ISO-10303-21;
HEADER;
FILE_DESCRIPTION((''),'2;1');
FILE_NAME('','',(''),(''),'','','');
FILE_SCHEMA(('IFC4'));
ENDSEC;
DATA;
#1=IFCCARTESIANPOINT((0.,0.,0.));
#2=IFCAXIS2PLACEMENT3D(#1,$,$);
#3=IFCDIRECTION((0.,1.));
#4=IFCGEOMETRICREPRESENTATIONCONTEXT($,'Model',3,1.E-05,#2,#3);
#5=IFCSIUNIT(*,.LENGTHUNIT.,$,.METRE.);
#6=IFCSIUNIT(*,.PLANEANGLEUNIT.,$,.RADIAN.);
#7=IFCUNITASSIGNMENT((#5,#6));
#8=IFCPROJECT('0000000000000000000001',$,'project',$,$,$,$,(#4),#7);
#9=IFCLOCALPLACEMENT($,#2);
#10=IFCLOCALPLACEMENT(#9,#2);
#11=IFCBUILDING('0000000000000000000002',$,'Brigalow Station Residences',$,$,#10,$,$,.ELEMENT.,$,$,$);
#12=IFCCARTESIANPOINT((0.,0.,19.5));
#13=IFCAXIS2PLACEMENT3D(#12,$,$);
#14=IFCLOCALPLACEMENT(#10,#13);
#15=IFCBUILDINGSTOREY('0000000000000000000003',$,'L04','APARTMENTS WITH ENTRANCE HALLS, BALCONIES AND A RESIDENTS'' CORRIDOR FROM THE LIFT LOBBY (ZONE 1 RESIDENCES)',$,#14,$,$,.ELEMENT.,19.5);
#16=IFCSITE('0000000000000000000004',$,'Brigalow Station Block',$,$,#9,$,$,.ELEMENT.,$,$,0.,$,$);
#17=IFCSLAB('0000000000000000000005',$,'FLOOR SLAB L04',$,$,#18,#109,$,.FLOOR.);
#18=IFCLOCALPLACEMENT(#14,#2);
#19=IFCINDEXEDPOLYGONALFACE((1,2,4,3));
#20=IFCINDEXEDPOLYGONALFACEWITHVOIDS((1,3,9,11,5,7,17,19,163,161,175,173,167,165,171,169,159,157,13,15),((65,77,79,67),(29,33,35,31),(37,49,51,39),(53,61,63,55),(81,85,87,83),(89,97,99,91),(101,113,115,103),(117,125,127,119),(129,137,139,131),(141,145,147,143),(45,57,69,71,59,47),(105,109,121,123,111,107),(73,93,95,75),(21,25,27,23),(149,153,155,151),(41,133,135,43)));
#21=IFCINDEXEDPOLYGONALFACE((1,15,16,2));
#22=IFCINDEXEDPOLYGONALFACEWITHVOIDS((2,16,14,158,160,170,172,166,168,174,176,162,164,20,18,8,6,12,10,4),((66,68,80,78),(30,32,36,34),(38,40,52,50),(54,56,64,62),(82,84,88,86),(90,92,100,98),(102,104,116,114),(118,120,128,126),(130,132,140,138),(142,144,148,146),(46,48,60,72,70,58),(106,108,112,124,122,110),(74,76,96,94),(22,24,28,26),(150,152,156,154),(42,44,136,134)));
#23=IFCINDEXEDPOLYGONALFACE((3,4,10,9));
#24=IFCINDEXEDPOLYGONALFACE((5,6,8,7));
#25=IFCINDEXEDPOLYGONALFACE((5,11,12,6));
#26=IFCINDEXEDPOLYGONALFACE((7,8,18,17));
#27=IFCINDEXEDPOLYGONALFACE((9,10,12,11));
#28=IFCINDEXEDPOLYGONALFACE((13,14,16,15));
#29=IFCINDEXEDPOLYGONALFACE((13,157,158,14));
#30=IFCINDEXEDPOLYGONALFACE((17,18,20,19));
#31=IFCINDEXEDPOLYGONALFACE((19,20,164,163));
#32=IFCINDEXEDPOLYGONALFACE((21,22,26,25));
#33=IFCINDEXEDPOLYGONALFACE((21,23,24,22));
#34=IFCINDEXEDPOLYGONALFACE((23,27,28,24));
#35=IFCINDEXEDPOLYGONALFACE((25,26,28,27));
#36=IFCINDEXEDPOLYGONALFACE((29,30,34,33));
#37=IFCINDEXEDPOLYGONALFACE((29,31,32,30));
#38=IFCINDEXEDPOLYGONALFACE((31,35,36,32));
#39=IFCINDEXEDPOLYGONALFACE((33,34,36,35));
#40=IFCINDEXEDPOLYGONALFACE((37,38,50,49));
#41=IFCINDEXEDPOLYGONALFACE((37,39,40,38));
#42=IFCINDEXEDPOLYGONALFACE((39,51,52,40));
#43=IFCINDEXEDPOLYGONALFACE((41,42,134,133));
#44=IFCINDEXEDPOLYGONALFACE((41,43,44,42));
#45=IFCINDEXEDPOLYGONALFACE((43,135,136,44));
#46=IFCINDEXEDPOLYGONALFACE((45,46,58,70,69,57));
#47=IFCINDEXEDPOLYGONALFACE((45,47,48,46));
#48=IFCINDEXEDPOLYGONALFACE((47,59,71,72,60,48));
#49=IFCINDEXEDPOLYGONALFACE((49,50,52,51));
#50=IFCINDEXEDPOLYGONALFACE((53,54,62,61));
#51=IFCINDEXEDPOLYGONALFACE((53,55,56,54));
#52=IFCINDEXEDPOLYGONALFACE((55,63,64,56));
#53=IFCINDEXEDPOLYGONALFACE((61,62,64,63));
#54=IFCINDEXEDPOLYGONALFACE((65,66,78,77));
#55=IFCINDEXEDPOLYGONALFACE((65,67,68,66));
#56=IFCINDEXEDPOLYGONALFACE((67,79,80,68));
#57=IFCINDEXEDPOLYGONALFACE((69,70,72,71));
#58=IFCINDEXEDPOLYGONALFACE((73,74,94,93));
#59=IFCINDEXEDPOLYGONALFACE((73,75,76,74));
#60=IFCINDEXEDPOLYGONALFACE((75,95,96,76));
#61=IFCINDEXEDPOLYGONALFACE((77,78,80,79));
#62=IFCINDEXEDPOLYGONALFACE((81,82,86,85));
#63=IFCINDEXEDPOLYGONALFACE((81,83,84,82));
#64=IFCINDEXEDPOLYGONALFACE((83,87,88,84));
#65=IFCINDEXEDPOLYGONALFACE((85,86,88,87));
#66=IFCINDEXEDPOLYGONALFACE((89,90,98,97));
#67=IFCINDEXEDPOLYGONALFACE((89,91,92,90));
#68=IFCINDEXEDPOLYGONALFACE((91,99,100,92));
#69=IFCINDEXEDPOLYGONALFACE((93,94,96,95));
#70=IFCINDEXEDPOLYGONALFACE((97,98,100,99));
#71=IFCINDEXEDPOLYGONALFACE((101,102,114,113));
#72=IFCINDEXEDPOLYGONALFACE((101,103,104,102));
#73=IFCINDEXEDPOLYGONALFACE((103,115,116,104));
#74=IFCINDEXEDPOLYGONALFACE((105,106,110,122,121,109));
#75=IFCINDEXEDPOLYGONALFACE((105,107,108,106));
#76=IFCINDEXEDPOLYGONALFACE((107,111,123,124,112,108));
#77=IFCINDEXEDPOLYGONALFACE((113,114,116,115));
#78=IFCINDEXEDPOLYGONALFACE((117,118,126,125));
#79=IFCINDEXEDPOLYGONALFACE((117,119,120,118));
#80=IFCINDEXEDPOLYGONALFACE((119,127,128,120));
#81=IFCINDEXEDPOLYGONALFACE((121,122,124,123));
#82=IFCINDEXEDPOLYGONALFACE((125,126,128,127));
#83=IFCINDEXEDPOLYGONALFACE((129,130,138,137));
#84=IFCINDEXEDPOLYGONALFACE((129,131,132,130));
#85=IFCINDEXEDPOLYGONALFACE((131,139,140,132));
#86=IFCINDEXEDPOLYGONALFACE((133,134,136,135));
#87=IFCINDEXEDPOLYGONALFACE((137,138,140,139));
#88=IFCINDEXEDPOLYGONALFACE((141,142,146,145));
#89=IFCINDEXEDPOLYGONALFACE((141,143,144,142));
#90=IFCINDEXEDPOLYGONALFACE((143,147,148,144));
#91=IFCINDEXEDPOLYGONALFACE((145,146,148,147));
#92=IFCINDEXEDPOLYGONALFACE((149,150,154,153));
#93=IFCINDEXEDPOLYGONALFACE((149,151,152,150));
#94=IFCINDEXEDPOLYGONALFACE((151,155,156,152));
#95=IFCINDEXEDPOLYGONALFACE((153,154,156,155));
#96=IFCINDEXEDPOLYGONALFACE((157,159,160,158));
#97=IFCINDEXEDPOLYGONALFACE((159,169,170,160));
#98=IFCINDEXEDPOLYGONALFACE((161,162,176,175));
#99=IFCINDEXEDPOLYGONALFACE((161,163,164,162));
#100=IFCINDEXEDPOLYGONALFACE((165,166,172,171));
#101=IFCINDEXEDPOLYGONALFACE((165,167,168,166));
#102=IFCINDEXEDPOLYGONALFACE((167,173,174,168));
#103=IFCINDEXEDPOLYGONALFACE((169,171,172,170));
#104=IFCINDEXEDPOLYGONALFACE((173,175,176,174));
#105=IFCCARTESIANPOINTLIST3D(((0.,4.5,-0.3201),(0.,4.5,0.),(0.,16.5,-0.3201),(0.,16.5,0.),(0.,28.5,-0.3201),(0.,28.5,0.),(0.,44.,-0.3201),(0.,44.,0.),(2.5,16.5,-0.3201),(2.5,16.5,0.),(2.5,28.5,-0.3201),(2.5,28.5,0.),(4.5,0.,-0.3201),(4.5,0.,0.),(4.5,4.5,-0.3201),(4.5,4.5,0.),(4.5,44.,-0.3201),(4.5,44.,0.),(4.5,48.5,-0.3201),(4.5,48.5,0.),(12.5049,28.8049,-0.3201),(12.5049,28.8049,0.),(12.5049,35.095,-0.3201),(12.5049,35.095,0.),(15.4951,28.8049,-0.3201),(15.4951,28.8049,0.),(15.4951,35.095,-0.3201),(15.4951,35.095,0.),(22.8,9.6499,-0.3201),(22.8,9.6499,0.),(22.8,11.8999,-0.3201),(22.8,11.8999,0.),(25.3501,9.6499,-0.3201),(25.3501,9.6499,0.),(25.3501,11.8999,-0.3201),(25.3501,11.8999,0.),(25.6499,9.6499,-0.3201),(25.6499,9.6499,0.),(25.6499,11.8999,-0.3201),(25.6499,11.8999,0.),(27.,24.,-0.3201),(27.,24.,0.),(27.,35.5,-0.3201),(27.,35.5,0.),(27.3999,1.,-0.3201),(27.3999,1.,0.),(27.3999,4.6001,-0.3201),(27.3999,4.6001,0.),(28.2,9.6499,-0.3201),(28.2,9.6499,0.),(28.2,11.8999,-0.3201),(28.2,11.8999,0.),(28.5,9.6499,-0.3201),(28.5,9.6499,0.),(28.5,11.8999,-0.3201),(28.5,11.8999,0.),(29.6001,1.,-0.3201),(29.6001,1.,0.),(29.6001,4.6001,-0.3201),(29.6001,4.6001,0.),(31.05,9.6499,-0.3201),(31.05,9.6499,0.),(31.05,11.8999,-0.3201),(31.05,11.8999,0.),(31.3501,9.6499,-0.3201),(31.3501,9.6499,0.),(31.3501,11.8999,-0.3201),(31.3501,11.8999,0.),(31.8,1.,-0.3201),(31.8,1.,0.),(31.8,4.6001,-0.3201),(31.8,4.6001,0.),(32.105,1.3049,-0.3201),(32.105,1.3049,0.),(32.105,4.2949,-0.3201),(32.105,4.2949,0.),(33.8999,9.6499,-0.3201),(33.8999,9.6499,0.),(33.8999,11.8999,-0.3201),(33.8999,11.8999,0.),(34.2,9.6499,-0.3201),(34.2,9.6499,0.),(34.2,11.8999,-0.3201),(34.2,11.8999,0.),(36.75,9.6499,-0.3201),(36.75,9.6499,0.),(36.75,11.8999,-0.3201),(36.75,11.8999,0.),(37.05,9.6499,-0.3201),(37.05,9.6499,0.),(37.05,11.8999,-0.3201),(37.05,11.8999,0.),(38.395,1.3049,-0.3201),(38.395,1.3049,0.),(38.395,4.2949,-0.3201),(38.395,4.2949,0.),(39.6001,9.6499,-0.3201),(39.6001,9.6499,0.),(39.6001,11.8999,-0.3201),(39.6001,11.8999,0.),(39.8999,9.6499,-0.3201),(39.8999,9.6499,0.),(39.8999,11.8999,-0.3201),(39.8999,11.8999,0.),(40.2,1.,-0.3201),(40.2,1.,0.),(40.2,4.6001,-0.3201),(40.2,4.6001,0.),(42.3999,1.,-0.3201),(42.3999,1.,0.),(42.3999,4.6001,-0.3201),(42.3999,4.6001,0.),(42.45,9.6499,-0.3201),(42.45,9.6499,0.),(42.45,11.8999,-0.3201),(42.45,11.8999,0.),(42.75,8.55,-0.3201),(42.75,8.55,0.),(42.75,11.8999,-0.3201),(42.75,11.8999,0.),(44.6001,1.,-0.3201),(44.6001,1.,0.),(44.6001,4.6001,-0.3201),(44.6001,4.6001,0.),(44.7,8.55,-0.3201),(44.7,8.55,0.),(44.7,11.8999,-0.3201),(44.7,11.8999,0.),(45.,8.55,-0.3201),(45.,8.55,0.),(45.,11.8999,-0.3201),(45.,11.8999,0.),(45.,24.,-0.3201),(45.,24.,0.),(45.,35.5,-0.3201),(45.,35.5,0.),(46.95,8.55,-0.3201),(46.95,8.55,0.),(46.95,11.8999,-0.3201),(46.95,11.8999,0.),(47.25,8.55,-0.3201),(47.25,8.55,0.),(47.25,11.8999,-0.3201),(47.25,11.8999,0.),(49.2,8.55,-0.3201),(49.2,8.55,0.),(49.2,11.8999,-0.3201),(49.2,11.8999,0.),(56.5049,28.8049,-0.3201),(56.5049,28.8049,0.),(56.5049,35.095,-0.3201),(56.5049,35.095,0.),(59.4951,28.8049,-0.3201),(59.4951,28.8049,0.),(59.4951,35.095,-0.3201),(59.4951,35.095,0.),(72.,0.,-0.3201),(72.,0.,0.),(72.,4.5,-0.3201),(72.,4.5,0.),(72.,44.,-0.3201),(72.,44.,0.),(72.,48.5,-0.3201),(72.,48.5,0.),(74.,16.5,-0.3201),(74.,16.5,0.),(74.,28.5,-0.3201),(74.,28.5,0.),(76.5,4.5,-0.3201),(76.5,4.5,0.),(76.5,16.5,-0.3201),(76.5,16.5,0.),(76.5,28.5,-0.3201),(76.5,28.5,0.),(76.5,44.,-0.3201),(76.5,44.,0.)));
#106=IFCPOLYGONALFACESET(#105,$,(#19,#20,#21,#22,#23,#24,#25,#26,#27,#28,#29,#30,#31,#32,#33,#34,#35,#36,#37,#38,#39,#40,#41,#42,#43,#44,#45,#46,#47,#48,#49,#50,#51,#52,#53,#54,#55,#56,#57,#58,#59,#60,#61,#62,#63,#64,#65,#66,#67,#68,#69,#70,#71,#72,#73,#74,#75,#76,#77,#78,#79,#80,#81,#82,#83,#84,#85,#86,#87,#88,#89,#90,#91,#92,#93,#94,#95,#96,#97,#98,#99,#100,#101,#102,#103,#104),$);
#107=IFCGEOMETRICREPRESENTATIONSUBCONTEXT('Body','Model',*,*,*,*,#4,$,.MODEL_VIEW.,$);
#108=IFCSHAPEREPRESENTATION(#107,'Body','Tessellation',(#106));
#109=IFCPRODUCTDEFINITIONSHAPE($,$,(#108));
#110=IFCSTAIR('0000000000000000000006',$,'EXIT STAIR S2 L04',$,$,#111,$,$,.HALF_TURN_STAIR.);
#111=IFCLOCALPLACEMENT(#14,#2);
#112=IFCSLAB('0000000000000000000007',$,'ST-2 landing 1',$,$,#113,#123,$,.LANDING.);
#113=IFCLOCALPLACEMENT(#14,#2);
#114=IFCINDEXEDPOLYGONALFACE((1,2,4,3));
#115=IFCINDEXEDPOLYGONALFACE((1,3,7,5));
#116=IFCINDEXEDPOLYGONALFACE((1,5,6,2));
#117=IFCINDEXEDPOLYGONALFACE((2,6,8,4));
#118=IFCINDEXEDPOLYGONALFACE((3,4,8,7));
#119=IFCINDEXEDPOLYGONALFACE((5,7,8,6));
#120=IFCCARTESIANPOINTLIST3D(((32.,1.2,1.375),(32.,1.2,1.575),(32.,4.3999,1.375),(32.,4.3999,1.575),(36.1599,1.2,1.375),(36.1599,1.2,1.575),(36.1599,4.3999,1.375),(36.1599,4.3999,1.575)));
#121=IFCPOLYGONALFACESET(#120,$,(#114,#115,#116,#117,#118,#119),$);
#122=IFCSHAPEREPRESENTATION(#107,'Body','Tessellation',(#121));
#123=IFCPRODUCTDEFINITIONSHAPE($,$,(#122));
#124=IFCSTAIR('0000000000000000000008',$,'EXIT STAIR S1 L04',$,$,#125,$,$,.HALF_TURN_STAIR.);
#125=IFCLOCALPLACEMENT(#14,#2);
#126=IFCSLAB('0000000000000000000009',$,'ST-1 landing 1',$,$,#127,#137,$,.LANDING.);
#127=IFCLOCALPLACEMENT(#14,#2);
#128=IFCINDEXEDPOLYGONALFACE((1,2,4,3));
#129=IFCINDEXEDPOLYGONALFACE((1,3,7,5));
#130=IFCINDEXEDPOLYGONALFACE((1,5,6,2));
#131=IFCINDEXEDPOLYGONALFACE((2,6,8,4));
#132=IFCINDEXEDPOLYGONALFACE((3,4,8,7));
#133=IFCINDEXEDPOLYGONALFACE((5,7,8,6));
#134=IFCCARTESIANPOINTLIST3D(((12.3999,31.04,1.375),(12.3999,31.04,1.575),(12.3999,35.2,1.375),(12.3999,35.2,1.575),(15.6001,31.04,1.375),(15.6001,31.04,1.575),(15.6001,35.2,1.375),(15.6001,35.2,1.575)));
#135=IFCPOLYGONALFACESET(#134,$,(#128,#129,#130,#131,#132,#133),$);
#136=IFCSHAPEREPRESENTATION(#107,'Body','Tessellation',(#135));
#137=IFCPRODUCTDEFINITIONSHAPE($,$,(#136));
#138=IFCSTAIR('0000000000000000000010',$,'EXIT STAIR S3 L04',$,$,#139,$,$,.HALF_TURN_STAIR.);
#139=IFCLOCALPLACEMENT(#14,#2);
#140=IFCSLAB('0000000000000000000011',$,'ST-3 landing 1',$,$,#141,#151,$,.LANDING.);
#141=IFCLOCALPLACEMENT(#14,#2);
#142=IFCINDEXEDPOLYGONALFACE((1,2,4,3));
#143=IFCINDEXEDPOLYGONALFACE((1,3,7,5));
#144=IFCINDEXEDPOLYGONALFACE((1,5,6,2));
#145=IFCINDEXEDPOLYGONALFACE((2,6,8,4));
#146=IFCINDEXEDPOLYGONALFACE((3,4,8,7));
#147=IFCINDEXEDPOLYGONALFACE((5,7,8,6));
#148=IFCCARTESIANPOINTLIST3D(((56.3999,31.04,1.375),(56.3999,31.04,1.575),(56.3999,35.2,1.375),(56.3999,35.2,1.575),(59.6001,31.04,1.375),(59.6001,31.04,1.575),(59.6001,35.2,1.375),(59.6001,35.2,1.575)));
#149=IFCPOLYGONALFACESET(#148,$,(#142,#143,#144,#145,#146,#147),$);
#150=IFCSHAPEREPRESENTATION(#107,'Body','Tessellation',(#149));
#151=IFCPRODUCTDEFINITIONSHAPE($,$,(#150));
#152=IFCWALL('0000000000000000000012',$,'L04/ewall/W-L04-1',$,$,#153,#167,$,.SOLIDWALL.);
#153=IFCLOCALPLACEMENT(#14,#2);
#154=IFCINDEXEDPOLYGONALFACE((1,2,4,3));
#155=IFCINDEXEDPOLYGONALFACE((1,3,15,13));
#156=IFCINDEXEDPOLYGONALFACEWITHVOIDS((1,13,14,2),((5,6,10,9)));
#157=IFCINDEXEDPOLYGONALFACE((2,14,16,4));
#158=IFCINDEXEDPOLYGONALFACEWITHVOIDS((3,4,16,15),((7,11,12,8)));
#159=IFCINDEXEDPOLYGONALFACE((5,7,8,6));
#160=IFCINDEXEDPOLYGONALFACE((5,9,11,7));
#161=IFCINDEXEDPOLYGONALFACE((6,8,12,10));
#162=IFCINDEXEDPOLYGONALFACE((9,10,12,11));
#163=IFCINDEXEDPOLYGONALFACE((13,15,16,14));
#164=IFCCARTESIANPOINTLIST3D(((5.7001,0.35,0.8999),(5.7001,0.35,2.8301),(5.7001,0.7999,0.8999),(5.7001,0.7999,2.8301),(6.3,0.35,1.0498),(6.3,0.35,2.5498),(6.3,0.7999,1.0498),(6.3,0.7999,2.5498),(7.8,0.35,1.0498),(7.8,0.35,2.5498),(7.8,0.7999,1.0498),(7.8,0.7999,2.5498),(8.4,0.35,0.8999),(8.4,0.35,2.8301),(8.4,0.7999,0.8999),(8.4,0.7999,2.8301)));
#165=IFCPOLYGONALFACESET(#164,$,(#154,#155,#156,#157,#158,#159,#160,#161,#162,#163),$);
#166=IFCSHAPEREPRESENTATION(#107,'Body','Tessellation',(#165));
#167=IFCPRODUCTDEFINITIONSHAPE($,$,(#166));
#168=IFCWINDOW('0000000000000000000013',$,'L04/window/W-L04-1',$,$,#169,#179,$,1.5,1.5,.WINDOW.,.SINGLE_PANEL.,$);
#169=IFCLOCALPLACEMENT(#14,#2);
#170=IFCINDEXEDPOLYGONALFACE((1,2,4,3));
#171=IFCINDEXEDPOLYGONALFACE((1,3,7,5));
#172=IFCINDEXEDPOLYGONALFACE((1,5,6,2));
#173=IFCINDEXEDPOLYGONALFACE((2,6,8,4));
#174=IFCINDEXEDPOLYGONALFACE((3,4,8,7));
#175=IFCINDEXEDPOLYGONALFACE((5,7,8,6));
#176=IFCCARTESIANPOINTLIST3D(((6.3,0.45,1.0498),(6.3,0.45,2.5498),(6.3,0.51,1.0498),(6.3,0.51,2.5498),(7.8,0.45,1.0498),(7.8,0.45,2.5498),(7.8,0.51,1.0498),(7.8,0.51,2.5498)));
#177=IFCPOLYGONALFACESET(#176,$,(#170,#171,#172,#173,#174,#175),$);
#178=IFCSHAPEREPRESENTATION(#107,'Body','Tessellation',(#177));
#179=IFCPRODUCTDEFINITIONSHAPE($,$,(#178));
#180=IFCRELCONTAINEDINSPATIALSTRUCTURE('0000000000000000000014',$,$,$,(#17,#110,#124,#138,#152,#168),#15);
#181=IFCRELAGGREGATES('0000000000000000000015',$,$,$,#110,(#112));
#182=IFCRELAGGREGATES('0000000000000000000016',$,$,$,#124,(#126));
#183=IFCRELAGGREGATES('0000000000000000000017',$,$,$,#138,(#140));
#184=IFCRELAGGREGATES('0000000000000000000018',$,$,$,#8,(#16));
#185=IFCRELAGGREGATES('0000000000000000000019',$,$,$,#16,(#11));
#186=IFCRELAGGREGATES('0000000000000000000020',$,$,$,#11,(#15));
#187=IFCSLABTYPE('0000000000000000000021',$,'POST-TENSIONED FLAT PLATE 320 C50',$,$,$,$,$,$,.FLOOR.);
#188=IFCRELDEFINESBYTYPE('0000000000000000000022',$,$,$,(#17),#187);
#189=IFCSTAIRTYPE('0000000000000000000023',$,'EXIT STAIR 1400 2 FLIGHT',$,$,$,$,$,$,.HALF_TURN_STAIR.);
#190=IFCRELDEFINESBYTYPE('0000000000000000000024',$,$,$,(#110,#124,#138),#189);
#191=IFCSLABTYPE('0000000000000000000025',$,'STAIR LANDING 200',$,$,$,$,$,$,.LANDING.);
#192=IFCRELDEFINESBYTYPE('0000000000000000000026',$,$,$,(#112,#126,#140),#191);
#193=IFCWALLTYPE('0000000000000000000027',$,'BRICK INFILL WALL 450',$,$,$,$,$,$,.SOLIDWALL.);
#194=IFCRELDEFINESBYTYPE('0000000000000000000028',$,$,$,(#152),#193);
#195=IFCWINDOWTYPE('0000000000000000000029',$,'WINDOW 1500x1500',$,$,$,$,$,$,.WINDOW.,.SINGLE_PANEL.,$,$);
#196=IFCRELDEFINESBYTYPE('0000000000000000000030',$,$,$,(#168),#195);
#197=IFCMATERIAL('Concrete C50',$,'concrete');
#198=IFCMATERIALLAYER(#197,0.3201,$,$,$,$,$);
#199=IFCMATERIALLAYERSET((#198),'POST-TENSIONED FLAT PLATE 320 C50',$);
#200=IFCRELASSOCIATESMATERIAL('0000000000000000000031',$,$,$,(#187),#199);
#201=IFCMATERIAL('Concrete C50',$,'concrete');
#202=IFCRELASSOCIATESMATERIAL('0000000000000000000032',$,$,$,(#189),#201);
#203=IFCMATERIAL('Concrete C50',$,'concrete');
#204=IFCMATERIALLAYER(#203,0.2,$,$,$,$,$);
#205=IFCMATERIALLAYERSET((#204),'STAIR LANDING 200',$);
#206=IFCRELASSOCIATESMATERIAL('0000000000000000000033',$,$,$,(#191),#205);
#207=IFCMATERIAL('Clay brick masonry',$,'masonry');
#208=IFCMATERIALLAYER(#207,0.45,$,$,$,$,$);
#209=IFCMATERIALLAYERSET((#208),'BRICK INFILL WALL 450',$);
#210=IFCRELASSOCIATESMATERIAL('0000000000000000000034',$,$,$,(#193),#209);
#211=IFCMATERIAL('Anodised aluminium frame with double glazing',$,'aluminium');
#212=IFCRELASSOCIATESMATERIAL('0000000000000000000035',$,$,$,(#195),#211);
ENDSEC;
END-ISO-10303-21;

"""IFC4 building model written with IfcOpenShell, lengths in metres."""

from ifc_helpers import new_model, si_unit, direction, frame, frame_2d, origin, place, context, subcontext, project, spatial, polyline, rectangle, outline, extrude, material, layer, layer_set, type_object, element, fill, aggregate, save


model = new_model("IFC4")

# Units and contexts
model_context = context("Model", 3, precision=1e-05, world=origin(), true_north=direction((0.0, 1.0)))
body_context = subcontext(model_context, "Body", "Model", "MODEL_VIEW")
ifc_project = project(units=[si_unit("LENGTHUNIT", "METRE"), si_unit("PLANEANGLEUNIT", "RADIAN")], contexts=[model_context])

# Site, building, storey
site_placement = place(None, origin())
site = spatial("IfcSite", under=ifc_project, at=site_placement, Name="Brigalow Station Block", CompositionType="ELEMENT", RefElevation=0.0)
building_placement = place(site_placement, origin())
building = spatial("IfcBuilding", under=site, at=building_placement, Name="Brigalow Station Residences", CompositionType="ELEMENT")
storey_placement = place(building_placement, frame((0.0, 0.0, 19.5)))
storey = spatial("IfcBuildingStorey", under=building, at=storey_placement, Name="L04", Description="APARTMENTS WITH ENTRANCE HALLS, BALCONIES AND A RESIDENTS' CORRIDOR FROM THE LIFT LOBBY (ZONE 1 RESIDENCES)", CompositionType="ELEMENT", Elevation=19.5)

# Slab
ifc_material_1 = material(Name="Concrete C50", Category="concrete")
ifc_layer_1 = layer(ifc_material_1, 0.3201)
ifc_layer_set_1 = layer_set([ifc_layer_1], Name="POST-TENSIONED FLAT PLATE 320 C50")
slab_type_1 = type_object("IfcSlabType", Name="POST-TENSIONED FLAT PLATE 320 C50", PredefinedType="FLOOR", material=ifc_layer_set_1)
slab_1_placement = place(storey_placement, frame((0.0, 0.0, -0.3201)))
element("IfcSlab", 1, at=slab_1_placement, inside=storey, type_object=slab_type_1, Name="FLOOR SLAB L04", PredefinedType="FLOOR", context=body_context, shape_type="SweptSolid", body=[
    extrude(outline(polyline([(4.5, 0.0), (72.0, 0.0), (72.0, 4.5), (76.5, 4.5), (76.5, 16.5), (74.0, 16.5), (74.0, 28.5), (76.5, 28.5), (76.5, 44.0), (72.0, 44.0), (72.0, 48.5), (4.5, 48.5), (4.5, 44.0), (0.0, 44.0), (0.0, 28.5), (2.5, 28.5), (2.5, 16.5), (0.0, 16.5), (0.0, 4.5), (4.5, 4.5), (4.5, 0.0)]), holes=[polyline([(15.4951, 35.095), (15.4951, 28.8049), (12.5049, 28.8049), (12.5049, 35.095), (15.4951, 35.095)]), polyline([(22.8, 11.8999), (25.3501, 11.8999), (25.3501, 9.6499), (22.8, 9.6499), (22.8, 11.8999)]), polyline([(25.6499, 11.8999), (28.2, 11.8999), (28.2, 9.6499), (25.6499, 9.6499), (25.6499, 11.8999)]), polyline([(28.5, 11.8999), (31.05, 11.8999), (31.05, 9.6499), (28.5, 9.6499), (28.5, 11.8999)]), polyline([(29.6001, 1.0), (27.3999, 1.0), (27.3999, 4.6001), (29.6001, 4.6001), (31.8, 4.6001), (31.8, 1.0), (29.6001, 1.0)]), polyline([(31.3501, 11.8999), (33.8999, 11.8999), (33.8999, 9.6499), (31.3501, 9.6499), (31.3501, 11.8999)]), polyline([(32.105, 4.2949), (38.395, 4.2949), (38.395, 1.3049), (32.105, 1.3049), (32.105, 4.2949)]), polyline([(36.75, 11.8999), (36.75, 9.6499), (34.2, 9.6499), (34.2, 11.8999), (36.75, 11.8999)]), polyline([(37.05, 11.8999), (39.6001, 11.8999), (39.6001, 9.6499), (37.05, 9.6499), (37.05, 11.8999)]), polyline([(39.8999, 11.8999), (42.45, 11.8999), (42.45, 9.6499), (39.8999, 9.6499), (39.8999, 11.8999)]), polyline([(42.3999, 1.0), (40.2, 1.0), (40.2, 4.6001), (42.3999, 4.6001), (44.6001, 4.6001), (44.6001, 1.0), (42.3999, 1.0)]), polyline([(42.75, 11.8999), (44.7, 11.8999), (44.7, 8.55), (42.75, 8.55), (42.75, 11.8999)]), polyline([(45.0, 11.8999), (46.95, 11.8999), (46.95, 8.55), (45.0, 8.55), (45.0, 11.8999)]), polyline([(45.0, 35.5), (45.0, 24.0), (27.0, 24.0), (27.0, 35.5), (45.0, 35.5)]), polyline([(47.25, 11.8999), (49.2, 11.8999), (49.2, 8.55), (47.25, 8.55), (47.25, 11.8999)]), polyline([(59.4951, 35.095), (59.4951, 28.8049), (56.5049, 28.8049), (56.5049, 35.095), (59.4951, 35.095)])]), origin(), (0.0, 0.0, 1.0), 0.3201),
])

# Stairs, slabs
ifc_material_2 = material(Name="Concrete C50", Category="concrete")
stair_type = type_object("IfcStairType", Name="EXIT STAIR 1400 2 FLIGHT", PredefinedType="HALF_TURN_STAIR", material=ifc_material_2)
stair_1_placement = place(storey_placement, origin())
stair_1 = element("IfcStair", 2, at=stair_1_placement, inside=storey, type_object=stair_type, Name="EXIT STAIR S2 L04", PredefinedType="HALF_TURN_STAIR")
ifc_material_3 = material(Name="Concrete C50", Category="concrete")
ifc_layer_2 = layer(ifc_material_3, 0.2)
ifc_layer_set_2 = layer_set([ifc_layer_2], Name="STAIR LANDING 200")
slab_type_2 = type_object("IfcSlabType", Name="STAIR LANDING 200", PredefinedType="LANDING", material=ifc_layer_set_2)
slab_2_placement = place(storey_placement, frame((0.0, 0.0, 1.375)))
slab_2 = element("IfcSlab", 3, at=slab_2_placement, type_object=slab_type_2, Name="ST-2 landing 1", PredefinedType="LANDING", context=body_context, shape_type="SweptSolid", body=[
    extrude(outline(polyline([(32.0, 1.2), (36.1599, 1.2), (36.1599, 4.3999), (32.0, 4.3999), (32.0, 1.2)])), origin(), (0.0, 0.0, 1.0), 0.2),
])
aggregate(stair_1, [slab_2])
stair_2_placement = place(storey_placement, origin())
stair_2 = element("IfcStair", 4, at=stair_2_placement, inside=storey, type_object=stair_type, Name="EXIT STAIR S1 L04", PredefinedType="HALF_TURN_STAIR")
slab_3_placement = place(storey_placement, frame((0.0, 0.0, 1.375)))
slab_3 = element("IfcSlab", 5, at=slab_3_placement, type_object=slab_type_2, Name="ST-1 landing 1", PredefinedType="LANDING", context=body_context, shape_type="SweptSolid", body=[
    extrude(outline(polyline([(12.3999, 31.04), (15.6001, 31.04), (15.6001, 35.2), (12.3999, 35.2), (12.3999, 31.04)])), origin(), (0.0, 0.0, 1.0), 0.2),
])
aggregate(stair_2, [slab_3])
stair_3_placement = place(storey_placement, origin())
stair_3 = element("IfcStair", 6, at=stair_3_placement, inside=storey, type_object=stair_type, Name="EXIT STAIR S3 L04", PredefinedType="HALF_TURN_STAIR")
slab_4_placement = place(storey_placement, frame((0.0, 0.0, 1.375)))
slab_4 = element("IfcSlab", 7, at=slab_4_placement, type_object=slab_type_2, Name="ST-3 landing 1", PredefinedType="LANDING", context=body_context, shape_type="SweptSolid", body=[
    extrude(outline(polyline([(56.3999, 31.04), (59.6001, 31.04), (59.6001, 35.2), (56.3999, 35.2), (56.3999, 31.04)])), origin(), (0.0, 0.0, 1.0), 0.2),
])
aggregate(stair_3, [slab_4])

# Wall, opening, window
ifc_material_4 = material(Name="Clay brick masonry", Category="masonry")
ifc_layer_3 = layer(ifc_material_4, 0.45)
ifc_layer_set_3 = layer_set([ifc_layer_3], Name="BRICK INFILL WALL 450")
wall_type_1 = type_object("IfcWallType", Name="BRICK INFILL WALL 450", PredefinedType="SOLIDWALL", material=ifc_layer_set_3)
wall_1_placement = place(storey_placement, frame((5.7, 0.575, 0.8999), z_axis=(0.0, 0.0, 1.0), x_axis=(1.0, 0.0, 0.0)))
wall_1 = element("IfcWall", 8, at=wall_1_placement, inside=storey, type_object=wall_type_1, Name="L04/ewall/W-L04-1", PredefinedType="SOLIDWALL", context=body_context, shape_type="SweptSolid", body=[
    extrude(rectangle(XDim=2.7, YDim=0.45, at=frame_2d((1.3501, 0.0))), origin(), (0.0, 0.0, 1.0), 1.9302),
])
opening_1_placement = place(wall_1_placement, frame((0.6001, 0.0, 0.1499)))
opening_1 = element("IfcOpeningElement", 9, at=opening_1_placement, cuts=wall_1, PredefinedType="OPENING", context=body_context, shape_type="SweptSolid", body=[
    extrude(rectangle(XDim=1.5, YDim=1.5, at=frame_2d((0.75, 0.75))), frame((0.0, 0.2349, 0.0), z_axis=(0.0, -1.0, 0.0), x_axis=(1.0, 0.0, 0.0)), (0.0, 0.0, 1.0), 0.47),
])
ifc_material_5 = material(Name="Anodised aluminium frame with double glazing", Category="aluminium")
window_type_1 = type_object("IfcWindowType", Name="WINDOW 1500x1500", PartitioningType="SINGLE_PANEL", PredefinedType="WINDOW", material=ifc_material_5)
window_1_placement = place(opening_1_placement, origin())
window_1 = element("IfcWindow", 10, at=window_1_placement, inside=storey, type_object=window_type_1, Name="L04/window/W-L04-1", OverallHeight=1.5, OverallWidth=1.5, PartitioningType="SINGLE_PANEL", PredefinedType="WINDOW", context=body_context, shape_type="SweptSolid", body=[
    extrude(rectangle(XDim=1.5, YDim=1.5, at=frame_2d((0.75, 0.75))), frame((0.0, -0.0649, 0.0), z_axis=(0.0, -1.0, 0.0), x_axis=(1.0, 0.0, 0.0)), (0.0, 0.0, 1.0), 0.0601),
])
fill(opening_1, window_1)

save(model, "model.ifc")
